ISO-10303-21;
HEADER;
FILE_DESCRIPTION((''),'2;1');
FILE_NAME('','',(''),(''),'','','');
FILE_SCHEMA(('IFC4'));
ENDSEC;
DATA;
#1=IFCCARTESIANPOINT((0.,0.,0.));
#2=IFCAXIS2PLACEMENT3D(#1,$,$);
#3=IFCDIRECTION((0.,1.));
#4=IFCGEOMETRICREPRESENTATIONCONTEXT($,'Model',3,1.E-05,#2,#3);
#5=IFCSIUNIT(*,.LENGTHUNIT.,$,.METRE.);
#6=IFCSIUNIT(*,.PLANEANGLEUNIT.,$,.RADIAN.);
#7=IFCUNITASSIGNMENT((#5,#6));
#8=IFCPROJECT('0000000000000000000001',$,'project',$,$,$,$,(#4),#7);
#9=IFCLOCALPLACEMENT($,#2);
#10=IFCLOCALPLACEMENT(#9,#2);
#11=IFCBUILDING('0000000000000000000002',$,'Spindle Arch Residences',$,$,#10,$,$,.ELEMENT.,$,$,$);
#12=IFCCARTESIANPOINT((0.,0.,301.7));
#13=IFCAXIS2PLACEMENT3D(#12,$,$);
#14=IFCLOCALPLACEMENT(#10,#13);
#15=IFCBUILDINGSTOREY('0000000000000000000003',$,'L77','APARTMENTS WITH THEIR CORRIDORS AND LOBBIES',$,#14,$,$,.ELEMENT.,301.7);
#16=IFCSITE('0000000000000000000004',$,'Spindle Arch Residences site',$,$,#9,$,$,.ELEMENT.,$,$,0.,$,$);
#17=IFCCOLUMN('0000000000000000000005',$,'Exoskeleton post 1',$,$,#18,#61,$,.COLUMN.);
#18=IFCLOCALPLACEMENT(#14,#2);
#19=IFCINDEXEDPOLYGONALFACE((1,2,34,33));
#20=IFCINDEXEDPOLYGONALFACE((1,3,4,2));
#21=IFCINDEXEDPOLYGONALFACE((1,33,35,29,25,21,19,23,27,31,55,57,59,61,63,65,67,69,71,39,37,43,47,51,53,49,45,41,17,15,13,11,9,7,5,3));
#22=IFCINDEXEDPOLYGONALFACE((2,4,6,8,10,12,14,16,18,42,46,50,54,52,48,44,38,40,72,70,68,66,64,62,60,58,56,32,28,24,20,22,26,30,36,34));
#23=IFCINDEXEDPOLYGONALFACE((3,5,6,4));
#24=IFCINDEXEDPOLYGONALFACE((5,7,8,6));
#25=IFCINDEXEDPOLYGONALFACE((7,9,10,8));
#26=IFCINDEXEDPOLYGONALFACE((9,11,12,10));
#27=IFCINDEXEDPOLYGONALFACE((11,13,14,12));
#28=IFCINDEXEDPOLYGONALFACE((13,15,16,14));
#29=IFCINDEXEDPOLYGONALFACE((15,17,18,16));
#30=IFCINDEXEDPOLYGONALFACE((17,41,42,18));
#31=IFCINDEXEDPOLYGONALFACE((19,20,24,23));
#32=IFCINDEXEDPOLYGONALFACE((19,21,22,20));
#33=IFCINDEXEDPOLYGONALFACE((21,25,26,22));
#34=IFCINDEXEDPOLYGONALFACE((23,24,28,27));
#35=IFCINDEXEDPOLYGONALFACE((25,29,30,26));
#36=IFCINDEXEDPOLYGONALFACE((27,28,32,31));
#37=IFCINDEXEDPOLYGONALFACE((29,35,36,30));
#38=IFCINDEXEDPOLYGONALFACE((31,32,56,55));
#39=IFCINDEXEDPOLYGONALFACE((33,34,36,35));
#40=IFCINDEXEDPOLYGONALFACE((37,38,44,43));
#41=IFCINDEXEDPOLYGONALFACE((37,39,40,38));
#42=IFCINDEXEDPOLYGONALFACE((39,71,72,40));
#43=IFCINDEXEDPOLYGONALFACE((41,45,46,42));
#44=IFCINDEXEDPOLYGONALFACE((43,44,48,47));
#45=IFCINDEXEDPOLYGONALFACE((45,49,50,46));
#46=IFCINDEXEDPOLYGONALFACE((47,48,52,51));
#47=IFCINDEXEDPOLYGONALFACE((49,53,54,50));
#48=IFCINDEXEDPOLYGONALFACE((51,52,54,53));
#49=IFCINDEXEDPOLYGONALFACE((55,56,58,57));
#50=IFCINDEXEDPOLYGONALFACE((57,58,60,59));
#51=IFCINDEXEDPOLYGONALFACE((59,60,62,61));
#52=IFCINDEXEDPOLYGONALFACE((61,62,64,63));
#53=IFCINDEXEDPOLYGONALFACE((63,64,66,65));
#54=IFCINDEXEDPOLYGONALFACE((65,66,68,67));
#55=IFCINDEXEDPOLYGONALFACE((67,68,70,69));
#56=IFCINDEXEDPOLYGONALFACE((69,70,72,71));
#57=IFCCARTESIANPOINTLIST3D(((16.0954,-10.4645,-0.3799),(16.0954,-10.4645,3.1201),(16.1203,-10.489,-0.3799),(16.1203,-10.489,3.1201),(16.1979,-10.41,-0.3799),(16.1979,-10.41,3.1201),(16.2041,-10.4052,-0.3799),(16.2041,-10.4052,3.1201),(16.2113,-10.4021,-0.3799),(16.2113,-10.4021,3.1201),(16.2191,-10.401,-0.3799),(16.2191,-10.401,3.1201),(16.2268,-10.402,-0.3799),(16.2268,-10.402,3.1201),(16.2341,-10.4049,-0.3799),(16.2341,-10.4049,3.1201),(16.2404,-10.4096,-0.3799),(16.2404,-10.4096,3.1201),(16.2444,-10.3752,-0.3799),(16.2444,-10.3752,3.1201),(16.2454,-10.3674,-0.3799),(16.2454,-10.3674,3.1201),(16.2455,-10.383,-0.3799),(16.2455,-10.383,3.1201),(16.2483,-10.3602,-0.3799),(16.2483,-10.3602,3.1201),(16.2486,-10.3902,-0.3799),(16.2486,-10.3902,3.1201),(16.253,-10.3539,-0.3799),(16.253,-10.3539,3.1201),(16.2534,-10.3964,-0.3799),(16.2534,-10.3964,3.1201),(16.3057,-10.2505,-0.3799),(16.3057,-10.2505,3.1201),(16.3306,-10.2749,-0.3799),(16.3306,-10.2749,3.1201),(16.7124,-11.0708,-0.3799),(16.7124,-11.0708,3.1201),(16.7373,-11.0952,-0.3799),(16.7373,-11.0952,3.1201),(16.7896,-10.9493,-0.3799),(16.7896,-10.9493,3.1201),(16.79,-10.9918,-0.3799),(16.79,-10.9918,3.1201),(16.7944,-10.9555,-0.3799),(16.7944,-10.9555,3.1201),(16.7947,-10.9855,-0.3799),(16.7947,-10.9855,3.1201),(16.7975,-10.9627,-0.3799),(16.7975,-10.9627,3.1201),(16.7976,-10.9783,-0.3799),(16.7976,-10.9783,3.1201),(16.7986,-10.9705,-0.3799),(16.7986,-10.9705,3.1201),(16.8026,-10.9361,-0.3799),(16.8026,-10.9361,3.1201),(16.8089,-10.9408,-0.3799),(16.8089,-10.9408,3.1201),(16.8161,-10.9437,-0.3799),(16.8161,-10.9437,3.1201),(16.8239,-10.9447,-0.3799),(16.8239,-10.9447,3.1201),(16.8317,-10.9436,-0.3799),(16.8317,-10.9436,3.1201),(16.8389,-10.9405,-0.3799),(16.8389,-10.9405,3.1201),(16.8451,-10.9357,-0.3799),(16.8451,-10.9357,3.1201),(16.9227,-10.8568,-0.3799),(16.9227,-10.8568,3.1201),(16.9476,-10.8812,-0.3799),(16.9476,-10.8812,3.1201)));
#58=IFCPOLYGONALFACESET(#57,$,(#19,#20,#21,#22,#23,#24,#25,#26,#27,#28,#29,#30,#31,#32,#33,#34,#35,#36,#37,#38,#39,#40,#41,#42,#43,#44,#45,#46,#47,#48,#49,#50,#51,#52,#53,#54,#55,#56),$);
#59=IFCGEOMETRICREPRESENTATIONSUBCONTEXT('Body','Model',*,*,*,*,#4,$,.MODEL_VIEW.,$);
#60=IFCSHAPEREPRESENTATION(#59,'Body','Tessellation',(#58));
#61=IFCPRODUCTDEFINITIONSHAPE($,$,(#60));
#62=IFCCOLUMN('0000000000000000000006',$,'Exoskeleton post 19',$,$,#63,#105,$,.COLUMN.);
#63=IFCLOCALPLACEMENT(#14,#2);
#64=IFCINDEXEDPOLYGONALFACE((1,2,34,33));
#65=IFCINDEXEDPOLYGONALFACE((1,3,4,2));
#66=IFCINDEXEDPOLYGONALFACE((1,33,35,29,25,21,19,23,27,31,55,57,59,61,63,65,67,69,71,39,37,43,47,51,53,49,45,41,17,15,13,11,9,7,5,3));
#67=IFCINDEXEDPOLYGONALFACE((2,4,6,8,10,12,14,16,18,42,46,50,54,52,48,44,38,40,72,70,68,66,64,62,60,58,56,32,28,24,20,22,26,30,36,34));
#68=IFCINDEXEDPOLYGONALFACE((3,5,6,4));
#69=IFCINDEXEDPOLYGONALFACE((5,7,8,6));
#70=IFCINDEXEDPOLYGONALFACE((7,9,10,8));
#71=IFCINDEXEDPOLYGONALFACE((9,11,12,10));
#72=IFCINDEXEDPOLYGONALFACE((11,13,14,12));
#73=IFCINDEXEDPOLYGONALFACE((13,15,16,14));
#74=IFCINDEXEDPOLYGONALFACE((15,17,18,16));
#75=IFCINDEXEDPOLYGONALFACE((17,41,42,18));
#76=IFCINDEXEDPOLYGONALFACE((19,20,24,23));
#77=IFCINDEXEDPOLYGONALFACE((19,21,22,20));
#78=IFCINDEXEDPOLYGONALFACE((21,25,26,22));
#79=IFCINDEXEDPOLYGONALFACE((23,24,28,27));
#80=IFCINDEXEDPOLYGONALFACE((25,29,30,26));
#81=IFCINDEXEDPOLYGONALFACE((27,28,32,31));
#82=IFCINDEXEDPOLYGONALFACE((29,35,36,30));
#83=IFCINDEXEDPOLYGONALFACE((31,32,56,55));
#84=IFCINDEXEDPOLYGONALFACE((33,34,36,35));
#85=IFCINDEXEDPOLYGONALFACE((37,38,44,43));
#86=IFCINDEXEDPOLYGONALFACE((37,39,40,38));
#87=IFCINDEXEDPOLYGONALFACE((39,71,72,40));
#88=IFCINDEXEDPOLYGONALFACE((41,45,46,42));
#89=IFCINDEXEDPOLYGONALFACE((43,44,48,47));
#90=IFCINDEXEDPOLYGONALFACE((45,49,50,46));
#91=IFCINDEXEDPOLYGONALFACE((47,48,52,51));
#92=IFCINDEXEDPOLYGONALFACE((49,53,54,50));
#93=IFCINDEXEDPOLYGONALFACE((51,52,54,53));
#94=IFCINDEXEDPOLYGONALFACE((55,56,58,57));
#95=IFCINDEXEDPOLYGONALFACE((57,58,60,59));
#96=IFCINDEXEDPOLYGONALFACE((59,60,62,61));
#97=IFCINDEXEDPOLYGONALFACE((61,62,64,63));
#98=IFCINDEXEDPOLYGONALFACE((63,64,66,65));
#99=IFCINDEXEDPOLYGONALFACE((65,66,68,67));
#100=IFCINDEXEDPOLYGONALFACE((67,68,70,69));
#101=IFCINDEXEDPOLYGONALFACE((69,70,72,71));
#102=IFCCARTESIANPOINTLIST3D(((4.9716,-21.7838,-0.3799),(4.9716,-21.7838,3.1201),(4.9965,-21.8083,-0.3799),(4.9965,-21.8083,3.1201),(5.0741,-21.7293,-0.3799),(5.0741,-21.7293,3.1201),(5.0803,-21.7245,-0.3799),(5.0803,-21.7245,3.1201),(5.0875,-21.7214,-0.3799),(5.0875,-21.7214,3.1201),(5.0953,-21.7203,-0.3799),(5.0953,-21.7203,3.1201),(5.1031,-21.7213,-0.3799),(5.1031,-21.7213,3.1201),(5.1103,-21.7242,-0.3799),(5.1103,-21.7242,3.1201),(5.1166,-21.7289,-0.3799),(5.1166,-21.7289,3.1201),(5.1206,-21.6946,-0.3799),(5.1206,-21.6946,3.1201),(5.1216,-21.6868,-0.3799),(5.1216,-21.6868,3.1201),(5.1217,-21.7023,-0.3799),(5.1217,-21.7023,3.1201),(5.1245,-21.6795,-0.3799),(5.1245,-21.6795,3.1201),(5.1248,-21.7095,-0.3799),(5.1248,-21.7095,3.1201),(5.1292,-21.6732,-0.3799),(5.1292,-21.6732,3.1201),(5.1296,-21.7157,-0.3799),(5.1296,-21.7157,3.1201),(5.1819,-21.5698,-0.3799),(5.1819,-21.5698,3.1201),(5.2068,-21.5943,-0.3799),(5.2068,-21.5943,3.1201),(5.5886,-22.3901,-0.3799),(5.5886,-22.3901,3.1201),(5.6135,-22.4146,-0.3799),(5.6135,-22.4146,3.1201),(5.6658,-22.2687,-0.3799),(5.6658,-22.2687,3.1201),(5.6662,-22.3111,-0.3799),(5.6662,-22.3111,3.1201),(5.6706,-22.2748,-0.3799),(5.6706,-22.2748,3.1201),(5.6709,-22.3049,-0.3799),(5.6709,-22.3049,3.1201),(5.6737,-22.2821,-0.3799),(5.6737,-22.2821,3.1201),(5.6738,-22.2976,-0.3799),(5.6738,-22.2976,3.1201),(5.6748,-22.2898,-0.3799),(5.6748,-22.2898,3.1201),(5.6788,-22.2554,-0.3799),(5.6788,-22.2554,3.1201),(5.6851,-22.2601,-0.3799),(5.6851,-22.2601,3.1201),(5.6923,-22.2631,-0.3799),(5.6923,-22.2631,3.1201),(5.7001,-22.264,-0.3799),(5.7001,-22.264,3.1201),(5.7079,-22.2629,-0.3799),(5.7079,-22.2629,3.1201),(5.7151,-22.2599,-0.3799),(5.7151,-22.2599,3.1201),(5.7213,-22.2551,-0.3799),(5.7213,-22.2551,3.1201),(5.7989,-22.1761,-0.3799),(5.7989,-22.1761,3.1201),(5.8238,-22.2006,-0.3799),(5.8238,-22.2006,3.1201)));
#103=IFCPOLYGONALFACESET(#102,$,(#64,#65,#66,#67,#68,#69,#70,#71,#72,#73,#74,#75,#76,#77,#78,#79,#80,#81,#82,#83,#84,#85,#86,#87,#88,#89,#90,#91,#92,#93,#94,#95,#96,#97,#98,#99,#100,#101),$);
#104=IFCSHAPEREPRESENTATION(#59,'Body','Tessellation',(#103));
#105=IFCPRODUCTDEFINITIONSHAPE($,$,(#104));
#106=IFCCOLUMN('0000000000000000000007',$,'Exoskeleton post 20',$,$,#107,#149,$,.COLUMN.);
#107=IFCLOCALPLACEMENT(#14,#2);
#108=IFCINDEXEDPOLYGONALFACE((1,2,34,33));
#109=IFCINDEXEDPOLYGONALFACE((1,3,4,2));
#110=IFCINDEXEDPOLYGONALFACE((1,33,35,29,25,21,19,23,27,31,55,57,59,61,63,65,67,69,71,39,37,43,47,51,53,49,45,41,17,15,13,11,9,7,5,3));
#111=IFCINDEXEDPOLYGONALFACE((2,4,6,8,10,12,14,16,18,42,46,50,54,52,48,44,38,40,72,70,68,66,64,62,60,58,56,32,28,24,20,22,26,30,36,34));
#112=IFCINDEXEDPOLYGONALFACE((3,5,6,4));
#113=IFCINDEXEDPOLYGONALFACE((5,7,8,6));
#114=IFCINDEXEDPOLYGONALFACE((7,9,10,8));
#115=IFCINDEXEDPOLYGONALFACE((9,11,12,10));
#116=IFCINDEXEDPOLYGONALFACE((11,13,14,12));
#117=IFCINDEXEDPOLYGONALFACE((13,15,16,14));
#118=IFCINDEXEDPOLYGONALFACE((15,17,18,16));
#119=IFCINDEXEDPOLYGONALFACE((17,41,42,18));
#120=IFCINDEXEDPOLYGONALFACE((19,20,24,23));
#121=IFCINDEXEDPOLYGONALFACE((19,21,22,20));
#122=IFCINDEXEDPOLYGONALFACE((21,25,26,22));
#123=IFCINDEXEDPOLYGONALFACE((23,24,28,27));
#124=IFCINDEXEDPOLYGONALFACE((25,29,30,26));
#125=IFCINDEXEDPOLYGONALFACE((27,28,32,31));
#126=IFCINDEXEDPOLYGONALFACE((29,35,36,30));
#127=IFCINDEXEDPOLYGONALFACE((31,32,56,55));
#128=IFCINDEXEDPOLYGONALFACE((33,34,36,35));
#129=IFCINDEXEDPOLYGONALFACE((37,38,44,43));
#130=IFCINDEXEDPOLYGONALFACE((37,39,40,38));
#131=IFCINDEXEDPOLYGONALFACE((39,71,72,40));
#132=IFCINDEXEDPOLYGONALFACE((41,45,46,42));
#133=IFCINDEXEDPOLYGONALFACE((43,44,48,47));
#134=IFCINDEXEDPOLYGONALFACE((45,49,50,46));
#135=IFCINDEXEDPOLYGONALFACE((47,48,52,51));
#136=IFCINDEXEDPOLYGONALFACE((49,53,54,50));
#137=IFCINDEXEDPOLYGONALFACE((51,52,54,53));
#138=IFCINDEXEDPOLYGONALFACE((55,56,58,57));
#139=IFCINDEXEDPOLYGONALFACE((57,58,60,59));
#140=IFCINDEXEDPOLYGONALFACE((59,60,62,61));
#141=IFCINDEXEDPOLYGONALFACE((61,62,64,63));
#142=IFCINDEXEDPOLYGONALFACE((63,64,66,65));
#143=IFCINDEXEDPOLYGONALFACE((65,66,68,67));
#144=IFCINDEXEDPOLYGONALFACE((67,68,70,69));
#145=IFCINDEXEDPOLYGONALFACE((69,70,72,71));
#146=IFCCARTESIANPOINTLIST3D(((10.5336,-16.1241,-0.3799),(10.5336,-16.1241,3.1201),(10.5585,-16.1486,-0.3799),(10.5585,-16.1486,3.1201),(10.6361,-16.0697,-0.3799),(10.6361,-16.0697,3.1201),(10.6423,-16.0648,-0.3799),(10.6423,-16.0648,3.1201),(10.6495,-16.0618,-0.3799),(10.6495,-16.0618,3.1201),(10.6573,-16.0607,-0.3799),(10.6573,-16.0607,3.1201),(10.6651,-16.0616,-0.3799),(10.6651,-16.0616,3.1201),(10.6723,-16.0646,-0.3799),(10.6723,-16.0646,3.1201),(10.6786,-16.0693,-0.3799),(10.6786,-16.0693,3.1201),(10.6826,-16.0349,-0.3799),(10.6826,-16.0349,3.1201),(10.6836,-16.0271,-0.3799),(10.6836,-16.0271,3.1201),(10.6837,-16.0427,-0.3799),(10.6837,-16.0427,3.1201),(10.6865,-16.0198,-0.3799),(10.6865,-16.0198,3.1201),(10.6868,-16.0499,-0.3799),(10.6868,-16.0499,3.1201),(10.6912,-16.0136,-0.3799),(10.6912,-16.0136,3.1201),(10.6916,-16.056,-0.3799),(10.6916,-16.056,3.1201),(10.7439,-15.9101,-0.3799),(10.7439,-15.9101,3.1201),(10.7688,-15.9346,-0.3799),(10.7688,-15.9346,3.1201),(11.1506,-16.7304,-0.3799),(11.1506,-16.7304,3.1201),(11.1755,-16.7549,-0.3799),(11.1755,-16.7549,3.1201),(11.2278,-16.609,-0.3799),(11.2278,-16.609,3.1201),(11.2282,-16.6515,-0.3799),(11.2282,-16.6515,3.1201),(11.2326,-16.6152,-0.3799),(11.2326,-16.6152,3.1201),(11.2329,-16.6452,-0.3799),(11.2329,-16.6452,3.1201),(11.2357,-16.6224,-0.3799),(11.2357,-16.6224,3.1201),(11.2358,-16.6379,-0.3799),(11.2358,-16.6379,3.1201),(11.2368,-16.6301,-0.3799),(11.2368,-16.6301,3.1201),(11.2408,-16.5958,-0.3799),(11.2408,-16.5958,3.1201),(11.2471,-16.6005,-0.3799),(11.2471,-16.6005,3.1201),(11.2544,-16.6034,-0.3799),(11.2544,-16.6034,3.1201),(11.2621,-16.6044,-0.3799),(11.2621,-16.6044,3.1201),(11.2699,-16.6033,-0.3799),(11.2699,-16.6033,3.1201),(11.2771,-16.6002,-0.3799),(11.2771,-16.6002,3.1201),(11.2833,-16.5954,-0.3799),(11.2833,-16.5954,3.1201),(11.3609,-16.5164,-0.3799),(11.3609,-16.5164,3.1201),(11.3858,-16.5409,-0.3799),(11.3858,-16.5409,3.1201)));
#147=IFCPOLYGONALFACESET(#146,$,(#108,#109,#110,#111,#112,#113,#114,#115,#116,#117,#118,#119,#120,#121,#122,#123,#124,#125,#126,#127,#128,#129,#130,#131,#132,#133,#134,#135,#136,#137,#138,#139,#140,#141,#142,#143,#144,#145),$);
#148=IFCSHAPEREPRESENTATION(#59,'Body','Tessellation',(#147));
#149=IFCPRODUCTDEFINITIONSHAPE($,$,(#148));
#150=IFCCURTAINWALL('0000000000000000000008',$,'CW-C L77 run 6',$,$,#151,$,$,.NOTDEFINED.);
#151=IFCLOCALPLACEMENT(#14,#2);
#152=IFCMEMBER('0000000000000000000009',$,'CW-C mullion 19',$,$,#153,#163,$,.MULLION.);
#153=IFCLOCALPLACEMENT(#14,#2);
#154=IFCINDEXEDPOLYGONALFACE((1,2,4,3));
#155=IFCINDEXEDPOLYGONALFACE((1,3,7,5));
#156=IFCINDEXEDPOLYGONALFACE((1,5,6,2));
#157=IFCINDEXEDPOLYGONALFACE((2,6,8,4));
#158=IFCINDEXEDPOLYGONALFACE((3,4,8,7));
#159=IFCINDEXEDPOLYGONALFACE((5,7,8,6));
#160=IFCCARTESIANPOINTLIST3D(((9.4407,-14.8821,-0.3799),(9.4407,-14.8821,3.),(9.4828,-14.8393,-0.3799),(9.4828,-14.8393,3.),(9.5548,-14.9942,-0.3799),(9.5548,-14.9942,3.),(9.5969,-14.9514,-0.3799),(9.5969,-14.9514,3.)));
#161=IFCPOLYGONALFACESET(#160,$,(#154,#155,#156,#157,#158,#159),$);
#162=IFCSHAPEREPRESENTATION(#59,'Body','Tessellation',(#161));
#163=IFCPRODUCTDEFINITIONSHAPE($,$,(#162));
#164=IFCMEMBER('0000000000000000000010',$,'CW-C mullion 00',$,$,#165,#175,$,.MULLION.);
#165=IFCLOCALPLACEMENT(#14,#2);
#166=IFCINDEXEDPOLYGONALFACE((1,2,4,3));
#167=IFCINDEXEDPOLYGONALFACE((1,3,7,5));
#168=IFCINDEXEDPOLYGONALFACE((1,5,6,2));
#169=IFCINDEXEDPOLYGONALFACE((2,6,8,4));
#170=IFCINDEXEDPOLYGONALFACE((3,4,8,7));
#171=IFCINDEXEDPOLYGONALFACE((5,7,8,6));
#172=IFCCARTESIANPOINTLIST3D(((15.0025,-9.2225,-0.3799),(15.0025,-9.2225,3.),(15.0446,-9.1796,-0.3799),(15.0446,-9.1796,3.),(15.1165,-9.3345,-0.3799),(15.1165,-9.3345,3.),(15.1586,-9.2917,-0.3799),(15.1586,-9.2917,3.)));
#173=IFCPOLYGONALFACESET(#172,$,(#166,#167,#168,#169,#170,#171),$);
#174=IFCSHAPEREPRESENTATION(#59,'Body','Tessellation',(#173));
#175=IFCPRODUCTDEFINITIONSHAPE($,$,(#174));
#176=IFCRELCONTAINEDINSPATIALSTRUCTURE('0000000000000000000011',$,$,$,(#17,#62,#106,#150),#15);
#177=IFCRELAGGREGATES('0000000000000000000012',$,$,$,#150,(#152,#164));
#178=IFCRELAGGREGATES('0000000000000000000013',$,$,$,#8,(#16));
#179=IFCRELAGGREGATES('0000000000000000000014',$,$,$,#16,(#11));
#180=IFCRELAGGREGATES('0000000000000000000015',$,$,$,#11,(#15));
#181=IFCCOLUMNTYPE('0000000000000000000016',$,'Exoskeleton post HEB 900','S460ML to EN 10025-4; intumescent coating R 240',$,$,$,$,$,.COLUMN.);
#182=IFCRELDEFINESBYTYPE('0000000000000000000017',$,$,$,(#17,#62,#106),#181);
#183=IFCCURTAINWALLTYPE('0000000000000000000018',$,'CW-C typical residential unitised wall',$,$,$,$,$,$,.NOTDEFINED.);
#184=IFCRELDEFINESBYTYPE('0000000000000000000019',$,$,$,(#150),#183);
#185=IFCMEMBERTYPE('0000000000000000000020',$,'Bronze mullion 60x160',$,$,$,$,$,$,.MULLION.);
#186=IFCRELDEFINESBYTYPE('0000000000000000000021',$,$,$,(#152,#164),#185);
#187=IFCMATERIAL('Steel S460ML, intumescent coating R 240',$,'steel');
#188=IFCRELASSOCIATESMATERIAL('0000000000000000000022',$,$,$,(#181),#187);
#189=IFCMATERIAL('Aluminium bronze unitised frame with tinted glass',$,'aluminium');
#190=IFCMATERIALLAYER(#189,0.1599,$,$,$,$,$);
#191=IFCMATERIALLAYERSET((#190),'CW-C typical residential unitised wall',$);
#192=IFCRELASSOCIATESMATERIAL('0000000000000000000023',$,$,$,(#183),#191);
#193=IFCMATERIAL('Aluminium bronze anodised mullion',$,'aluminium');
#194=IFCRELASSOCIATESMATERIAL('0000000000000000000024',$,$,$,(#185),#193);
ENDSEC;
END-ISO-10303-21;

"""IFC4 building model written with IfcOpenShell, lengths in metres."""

from ifc_helpers import new_model, si_unit, direction, frame, origin, origin_2d, place, context, subcontext, project, spatial, rectangle, i_section, extrude, material, layer, layer_set, material_profile, profile_set, type_object, element, aggregate, save


model = new_model("IFC4")

# Units and contexts
model_context = context("Model", 3, precision=1e-05, world=origin(), true_north=direction((0.0, 1.0)))
body_context = subcontext(model_context, "Body", "Model", "MODEL_VIEW")
ifc_project = project(units=[si_unit("LENGTHUNIT", "METRE"), si_unit("PLANEANGLEUNIT", "RADIAN")], contexts=[model_context])

# Site, building, storey
site_placement = place(None, origin())
site = spatial("IfcSite", under=ifc_project, at=site_placement, Name="Spindle Arch Residences site", CompositionType="ELEMENT", RefElevation=0.0)
building_placement = place(site_placement, origin())
building = spatial("IfcBuilding", under=site, at=building_placement, Name="Spindle Arch Residences", CompositionType="ELEMENT")
storey_placement = place(building_placement, frame((0.0, 0.0, 301.7)))
storey = spatial("IfcBuildingStorey", under=building, at=storey_placement, Name="L77", Description="APARTMENTS WITH THEIR CORRIDORS AND LOBBIES", CompositionType="ELEMENT", Elevation=301.7)

# Columns
ifc_material_1 = material(Name="Steel S460ML, intumescent coating R 240", Category="steel")
ifc_material_profile_1 = material_profile(ifc_material_1, i_section(OverallWidth=0.3, OverallDepth=0.8999, WebThickness=0.0186, FlangeThickness=0.0349, FilletRadius=0.03, at=origin_2d()), Name="HEB 900")
ifc_profile_set_1 = profile_set([ifc_material_profile_1], Name="Steel S460ML, intumescent coating R 240")
column_type = type_object("IfcColumnType", Name="Exoskeleton post HEB 900", Description="S460ML to EN 10025-4; intumescent coating R 240", PredefinedType="COLUMN", material=ifc_profile_set_1)
for number, where, z_axis, x_axis, name in (
    (1, (16.5215, -10.6729, -0.3799), (0.0, 0.0, 1.0), (-0.700909, -0.71325, 0.0), "Exoskeleton post 1"),
    (2, (5.3977, -21.9922, -0.3799), (0.0, 0.0, 1.0), (-0.700909, -0.71325, 0.0), "Exoskeleton post 19"),
    (3, (10.9597, -16.3325, -0.3799), (0.0, 0.0, 1.0), (-0.700909, -0.71325, 0.0), "Exoskeleton post 20"),
):
    element("IfcColumn", number, at=place(storey_placement, frame(where, z_axis=z_axis, x_axis=x_axis)), inside=storey, type_object=column_type, Name=name, PredefinedType="COLUMN", context=body_context, shape_type="SweptSolid", body=[
        extrude(i_section(OverallWidth=0.3, OverallDepth=0.8999, WebThickness=0.0186, FlangeThickness=0.0349, FilletRadius=0.03, at=origin_2d()), origin(), (0.0, 0.0, 1.0), 3.5),
    ])

# Curtain wall, members
ifc_material_2 = material(Name="Aluminium bronze unitised frame with tinted glass", Category="aluminium")
ifc_layer_1 = layer(ifc_material_2, 0.1599)
ifc_layer_set_1 = layer_set([ifc_layer_1], Name="CW-C typical residential unitised wall")
curtain_wall_type = type_object("IfcCurtainWallType", Name="CW-C typical residential unitised wall", PredefinedType="NOTDEFINED", material=ifc_layer_set_1)
curtain_wall_placement = place(storey_placement, origin())
curtain_wall = element("IfcCurtainWall", 4, at=curtain_wall_placement, inside=storey, type_object=curtain_wall_type, Name="CW-C L77 run 6", PredefinedType="NOTDEFINED")
ifc_material_3 = material(Name="Aluminium bronze anodised mullion", Category="aluminium")
ifc_material_profile_2 = material_profile(ifc_material_3, rectangle(XDim=0.1599, YDim=0.0601, at=origin_2d()), Name="MU 60x160")
ifc_profile_set_2 = profile_set([ifc_material_profile_2], Name="Aluminium bronze anodised mullion")
member_type = type_object("IfcMemberType", Name="Bronze mullion 60x160", PredefinedType="MULLION", material=ifc_profile_set_2)
member_1_placement = place(storey_placement, frame((9.5188, -14.9167, -0.3799), z_axis=(0.0, 0.0, 1.0), x_axis=(-0.71325, 0.700909, 0.0)))
member_1 = element("IfcMember", 5, at=member_1_placement, type_object=member_type, Name="CW-C mullion 19", PredefinedType="MULLION", context=body_context, shape_type="SweptSolid", body=[
    extrude(rectangle(XDim=0.1599, YDim=0.0601, at=origin_2d()), origin(), (0.0, 0.0, 1.0), 3.3799),
])
member_2_placement = place(storey_placement, frame((15.0806, -9.2571, -0.3799), z_axis=(0.0, 0.0, 1.0), x_axis=(-0.71325, 0.700909, 0.0)))
member_2 = element("IfcMember", 6, at=member_2_placement, type_object=member_type, Name="CW-C mullion 00", PredefinedType="MULLION", context=body_context, shape_type="SweptSolid", body=[
    extrude(rectangle(XDim=0.1599, YDim=0.0601, at=origin_2d()), origin(), (0.0, 0.0, 1.0), 3.3799),
])

aggregate(curtain_wall, [member_1, member_2])

save(model, "model.ifc")
